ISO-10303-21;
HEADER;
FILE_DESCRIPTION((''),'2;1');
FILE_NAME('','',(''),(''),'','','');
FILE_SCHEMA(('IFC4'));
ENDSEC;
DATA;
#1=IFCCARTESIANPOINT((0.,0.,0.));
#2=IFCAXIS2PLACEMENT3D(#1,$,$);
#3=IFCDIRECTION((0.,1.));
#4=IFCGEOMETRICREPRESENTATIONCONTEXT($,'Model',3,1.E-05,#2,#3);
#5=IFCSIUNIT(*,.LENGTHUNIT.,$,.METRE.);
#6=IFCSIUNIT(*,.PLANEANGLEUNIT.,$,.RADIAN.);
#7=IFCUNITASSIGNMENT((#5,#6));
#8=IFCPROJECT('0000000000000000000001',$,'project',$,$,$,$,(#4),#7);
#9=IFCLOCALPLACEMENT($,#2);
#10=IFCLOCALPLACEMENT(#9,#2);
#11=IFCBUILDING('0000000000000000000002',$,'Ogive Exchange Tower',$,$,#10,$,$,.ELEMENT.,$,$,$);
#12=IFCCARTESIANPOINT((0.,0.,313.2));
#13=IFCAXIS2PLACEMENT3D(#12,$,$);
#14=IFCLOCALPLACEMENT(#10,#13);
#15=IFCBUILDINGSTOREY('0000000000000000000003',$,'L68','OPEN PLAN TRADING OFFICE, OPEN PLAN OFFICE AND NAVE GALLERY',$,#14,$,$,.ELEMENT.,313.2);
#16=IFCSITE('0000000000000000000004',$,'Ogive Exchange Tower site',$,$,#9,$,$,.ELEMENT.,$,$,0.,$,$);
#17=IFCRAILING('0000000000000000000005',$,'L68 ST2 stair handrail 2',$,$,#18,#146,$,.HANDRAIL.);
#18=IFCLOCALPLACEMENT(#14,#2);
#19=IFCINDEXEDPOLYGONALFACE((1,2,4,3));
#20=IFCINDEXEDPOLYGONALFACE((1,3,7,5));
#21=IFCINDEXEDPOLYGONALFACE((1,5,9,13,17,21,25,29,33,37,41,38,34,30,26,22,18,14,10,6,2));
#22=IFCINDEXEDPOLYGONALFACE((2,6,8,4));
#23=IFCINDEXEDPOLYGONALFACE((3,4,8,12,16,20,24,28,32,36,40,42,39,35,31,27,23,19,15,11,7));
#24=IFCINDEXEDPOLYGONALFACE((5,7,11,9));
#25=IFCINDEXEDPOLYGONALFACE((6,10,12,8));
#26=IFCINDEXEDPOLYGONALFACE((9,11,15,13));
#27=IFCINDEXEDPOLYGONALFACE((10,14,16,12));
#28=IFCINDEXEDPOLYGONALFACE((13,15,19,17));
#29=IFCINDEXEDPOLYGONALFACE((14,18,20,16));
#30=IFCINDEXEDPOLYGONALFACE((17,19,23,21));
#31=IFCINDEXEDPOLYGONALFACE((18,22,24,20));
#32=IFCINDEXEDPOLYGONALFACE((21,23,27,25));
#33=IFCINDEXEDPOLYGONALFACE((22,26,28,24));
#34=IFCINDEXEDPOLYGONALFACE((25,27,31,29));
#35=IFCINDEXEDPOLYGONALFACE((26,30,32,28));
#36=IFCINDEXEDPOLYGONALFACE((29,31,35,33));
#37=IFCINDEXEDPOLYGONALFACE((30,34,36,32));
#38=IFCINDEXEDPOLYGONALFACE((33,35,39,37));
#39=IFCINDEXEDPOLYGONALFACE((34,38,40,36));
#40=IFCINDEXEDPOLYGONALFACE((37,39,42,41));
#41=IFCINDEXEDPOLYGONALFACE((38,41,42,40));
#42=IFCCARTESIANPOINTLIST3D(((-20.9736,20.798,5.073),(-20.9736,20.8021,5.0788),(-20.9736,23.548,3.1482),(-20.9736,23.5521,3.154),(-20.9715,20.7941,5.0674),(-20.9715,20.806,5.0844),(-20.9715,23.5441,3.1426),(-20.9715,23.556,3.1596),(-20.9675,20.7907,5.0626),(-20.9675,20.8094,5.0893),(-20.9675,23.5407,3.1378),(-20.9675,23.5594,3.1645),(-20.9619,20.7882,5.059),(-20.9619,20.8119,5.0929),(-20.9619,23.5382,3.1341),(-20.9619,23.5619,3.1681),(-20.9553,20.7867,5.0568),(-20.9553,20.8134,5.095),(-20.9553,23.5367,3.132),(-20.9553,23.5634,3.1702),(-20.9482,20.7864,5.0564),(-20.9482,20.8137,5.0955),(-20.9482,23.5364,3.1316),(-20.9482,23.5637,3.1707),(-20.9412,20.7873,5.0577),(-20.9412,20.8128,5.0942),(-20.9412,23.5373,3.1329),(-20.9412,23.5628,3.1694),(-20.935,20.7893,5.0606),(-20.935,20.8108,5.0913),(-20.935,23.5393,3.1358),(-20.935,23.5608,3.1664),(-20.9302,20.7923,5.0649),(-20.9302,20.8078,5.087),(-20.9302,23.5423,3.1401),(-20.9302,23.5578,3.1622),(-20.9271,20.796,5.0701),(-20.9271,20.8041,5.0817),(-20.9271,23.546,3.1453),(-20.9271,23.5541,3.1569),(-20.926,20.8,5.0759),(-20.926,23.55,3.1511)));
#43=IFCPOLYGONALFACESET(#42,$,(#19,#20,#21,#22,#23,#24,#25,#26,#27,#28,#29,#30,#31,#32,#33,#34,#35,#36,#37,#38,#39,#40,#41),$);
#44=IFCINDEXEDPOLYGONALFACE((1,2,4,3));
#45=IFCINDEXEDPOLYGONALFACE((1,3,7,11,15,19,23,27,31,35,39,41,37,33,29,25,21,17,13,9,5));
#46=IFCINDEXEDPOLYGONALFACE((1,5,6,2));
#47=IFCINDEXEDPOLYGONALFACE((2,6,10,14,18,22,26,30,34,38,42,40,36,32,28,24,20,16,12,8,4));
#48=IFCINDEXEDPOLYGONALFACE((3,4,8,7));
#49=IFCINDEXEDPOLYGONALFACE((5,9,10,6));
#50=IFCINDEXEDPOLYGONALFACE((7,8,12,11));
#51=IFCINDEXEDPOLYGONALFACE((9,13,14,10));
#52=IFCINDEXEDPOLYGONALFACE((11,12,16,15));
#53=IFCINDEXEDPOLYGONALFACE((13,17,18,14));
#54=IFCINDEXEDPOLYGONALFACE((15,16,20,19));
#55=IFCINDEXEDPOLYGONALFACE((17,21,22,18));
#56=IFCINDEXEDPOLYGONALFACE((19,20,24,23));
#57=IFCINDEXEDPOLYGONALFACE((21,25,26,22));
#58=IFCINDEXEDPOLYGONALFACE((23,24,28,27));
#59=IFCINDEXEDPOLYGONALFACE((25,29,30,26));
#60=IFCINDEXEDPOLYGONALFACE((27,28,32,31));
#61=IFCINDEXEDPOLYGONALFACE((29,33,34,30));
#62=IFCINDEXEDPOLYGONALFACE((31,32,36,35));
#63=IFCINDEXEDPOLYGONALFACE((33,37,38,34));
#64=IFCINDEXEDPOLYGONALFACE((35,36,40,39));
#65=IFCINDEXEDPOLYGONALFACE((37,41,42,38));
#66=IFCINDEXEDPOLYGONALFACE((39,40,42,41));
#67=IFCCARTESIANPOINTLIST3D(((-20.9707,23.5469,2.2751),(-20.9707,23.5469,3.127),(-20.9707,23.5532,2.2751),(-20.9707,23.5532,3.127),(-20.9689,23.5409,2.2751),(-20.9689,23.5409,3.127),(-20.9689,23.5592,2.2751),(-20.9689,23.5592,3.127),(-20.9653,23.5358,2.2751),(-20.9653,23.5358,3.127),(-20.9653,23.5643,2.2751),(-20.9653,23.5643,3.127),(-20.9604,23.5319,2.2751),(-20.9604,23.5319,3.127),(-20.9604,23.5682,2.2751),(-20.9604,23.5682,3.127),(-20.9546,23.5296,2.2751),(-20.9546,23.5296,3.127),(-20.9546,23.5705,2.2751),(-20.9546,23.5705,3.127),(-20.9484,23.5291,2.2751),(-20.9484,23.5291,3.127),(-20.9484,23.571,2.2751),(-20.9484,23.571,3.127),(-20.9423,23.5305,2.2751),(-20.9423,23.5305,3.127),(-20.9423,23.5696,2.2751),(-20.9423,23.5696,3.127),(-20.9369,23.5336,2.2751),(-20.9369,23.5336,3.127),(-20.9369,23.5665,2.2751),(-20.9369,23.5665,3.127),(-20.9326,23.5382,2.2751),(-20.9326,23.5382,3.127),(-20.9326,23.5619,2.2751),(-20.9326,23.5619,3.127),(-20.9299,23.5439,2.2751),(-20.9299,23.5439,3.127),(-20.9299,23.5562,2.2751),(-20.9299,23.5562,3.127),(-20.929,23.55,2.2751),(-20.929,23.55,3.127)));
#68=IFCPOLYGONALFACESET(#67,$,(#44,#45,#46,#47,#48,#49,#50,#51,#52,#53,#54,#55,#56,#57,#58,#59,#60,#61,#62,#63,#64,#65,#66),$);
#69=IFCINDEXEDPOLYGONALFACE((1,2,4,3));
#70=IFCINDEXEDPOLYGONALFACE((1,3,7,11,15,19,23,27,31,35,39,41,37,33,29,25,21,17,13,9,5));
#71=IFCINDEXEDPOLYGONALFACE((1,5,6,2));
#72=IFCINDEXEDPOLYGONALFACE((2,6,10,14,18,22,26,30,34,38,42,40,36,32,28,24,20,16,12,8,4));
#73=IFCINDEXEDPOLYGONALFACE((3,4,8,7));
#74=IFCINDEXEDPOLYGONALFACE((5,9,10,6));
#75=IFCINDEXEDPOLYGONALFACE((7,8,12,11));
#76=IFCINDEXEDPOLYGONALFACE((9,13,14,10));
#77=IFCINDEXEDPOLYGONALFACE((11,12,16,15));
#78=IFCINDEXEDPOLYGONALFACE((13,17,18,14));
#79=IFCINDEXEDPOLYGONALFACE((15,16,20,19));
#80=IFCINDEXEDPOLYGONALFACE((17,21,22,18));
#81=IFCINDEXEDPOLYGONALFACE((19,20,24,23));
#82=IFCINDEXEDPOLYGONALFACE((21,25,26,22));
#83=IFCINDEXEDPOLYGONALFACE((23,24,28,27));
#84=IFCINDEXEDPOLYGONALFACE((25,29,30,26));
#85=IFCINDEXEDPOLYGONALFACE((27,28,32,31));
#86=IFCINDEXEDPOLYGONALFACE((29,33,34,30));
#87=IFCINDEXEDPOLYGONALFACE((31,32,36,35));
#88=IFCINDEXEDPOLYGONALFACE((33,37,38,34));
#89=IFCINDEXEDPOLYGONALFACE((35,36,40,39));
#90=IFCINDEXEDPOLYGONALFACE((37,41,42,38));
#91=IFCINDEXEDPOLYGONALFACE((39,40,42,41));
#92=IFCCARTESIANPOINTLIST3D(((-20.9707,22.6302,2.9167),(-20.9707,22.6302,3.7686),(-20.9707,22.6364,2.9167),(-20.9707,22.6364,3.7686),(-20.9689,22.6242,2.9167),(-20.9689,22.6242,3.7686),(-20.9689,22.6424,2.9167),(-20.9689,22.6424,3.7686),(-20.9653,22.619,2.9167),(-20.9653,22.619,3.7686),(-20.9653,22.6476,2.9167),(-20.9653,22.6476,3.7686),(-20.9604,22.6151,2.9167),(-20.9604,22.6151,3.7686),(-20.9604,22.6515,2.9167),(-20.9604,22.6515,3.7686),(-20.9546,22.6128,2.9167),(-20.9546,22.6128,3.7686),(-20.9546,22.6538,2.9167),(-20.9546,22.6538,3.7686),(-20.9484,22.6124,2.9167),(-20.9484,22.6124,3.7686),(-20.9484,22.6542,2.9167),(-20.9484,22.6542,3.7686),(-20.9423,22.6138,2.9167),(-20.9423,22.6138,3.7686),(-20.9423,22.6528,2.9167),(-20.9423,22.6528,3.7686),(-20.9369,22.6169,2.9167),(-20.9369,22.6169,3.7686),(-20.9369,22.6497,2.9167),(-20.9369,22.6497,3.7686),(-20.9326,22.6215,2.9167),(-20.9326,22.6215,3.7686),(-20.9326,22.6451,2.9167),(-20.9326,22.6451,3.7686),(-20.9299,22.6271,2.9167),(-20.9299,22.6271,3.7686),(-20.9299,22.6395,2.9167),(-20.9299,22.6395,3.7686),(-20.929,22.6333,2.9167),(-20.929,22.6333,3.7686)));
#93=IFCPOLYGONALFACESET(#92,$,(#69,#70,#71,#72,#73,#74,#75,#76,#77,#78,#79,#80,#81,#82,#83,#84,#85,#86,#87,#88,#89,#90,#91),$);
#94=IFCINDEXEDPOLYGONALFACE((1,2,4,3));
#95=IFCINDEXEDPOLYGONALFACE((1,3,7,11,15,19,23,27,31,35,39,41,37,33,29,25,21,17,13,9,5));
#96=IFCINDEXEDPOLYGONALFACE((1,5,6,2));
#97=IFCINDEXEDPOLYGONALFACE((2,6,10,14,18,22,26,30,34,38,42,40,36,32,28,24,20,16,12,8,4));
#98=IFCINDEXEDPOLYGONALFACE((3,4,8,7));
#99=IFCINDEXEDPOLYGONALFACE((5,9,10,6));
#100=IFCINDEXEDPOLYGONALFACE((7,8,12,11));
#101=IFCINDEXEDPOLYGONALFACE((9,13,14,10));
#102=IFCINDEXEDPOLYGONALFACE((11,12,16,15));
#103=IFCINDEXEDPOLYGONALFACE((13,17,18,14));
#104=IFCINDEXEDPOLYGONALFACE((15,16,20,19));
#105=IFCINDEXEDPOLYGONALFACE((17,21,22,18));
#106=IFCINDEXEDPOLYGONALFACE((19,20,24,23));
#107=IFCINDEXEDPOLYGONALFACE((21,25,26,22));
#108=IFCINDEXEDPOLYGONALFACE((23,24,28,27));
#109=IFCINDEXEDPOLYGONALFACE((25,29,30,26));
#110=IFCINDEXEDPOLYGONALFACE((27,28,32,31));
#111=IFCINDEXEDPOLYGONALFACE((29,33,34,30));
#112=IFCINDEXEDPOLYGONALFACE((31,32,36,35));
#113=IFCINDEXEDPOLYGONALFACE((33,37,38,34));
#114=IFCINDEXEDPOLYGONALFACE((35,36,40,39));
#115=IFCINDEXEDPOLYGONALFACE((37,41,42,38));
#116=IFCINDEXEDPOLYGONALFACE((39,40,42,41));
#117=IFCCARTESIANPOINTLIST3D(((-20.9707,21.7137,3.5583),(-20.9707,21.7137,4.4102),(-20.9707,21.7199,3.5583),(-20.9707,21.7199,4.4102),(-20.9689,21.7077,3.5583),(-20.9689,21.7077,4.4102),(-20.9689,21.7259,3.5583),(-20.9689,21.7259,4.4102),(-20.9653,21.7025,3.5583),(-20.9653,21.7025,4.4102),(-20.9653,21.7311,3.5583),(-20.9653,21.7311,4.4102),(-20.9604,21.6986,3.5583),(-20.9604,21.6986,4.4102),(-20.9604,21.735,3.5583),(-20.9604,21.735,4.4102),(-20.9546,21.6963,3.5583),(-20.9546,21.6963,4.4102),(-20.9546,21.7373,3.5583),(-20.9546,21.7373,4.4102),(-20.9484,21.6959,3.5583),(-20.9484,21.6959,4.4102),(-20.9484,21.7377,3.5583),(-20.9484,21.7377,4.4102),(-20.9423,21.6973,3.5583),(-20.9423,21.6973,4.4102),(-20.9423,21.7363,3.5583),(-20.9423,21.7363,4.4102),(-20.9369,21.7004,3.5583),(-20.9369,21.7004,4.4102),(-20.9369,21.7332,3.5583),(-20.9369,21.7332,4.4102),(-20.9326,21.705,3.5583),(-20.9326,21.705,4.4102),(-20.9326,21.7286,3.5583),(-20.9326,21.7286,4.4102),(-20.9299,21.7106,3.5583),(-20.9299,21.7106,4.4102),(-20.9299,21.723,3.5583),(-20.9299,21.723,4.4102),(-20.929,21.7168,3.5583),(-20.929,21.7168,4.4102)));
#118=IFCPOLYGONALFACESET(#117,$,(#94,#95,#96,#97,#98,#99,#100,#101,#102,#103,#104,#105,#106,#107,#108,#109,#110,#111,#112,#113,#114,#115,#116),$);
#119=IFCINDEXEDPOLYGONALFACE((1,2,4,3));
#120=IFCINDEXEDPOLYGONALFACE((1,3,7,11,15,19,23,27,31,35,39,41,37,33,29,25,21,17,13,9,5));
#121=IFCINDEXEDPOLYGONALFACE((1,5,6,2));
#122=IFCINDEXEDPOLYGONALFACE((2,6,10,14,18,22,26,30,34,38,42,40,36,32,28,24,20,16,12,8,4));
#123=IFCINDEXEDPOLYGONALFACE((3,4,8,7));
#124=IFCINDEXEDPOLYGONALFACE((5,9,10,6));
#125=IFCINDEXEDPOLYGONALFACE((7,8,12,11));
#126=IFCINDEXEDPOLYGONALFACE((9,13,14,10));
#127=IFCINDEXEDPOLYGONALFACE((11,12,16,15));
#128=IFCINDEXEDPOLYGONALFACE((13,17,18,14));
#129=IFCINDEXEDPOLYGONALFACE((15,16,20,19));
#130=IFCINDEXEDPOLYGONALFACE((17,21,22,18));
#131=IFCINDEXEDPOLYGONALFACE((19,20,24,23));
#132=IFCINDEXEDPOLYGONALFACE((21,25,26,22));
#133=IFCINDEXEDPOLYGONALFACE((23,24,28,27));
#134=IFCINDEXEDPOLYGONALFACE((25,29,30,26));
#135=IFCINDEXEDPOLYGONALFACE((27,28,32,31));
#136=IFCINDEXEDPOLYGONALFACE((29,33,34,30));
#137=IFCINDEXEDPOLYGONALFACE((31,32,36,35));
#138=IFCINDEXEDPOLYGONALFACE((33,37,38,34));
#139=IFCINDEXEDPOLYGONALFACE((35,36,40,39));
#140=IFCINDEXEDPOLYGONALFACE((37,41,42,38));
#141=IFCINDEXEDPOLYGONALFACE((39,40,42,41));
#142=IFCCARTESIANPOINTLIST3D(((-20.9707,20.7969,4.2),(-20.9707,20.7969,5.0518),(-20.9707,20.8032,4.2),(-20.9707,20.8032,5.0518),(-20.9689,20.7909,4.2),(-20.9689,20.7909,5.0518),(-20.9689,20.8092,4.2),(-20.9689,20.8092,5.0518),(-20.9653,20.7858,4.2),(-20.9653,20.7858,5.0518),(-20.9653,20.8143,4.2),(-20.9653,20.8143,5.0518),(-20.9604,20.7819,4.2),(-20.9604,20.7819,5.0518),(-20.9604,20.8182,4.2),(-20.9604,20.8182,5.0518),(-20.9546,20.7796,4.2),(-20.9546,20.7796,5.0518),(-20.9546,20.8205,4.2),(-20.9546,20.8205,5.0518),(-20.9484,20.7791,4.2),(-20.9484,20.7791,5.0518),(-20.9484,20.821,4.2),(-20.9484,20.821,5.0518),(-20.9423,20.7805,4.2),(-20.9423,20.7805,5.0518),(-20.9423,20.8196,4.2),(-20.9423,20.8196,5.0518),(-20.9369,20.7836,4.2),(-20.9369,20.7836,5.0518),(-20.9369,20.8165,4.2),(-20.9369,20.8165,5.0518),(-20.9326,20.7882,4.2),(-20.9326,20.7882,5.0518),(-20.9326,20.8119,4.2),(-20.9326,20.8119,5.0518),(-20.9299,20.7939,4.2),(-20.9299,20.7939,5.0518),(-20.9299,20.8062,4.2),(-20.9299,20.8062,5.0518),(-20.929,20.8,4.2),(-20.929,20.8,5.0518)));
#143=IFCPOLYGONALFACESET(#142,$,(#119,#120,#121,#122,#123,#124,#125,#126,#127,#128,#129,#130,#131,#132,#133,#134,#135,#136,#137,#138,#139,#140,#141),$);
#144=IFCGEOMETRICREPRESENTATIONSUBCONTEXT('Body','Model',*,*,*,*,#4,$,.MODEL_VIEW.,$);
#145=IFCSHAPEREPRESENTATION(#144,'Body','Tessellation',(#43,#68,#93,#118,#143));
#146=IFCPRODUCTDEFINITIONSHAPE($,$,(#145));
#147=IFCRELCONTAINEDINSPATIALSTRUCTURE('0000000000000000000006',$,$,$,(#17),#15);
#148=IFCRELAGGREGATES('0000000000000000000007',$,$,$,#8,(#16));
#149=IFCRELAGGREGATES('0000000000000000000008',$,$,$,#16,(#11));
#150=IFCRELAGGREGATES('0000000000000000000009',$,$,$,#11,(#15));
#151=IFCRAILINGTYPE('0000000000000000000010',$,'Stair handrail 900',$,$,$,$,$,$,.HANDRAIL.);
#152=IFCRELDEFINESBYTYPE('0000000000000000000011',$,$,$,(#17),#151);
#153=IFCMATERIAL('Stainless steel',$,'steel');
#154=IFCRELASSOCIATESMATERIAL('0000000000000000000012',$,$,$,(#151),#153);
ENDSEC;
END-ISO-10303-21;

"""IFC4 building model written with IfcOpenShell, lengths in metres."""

from ifc_helpers import new_model, si_unit, direction, frame, origin, origin_2d, place, context, subcontext, project, spatial, circle, extrude, material, type_object, element, save


model = new_model("IFC4")

# Units and contexts
model_context = context("Model", 3, precision=1e-05, world=origin(), true_north=direction((0.0, 1.0)))
body_context = subcontext(model_context, "Body", "Model", "MODEL_VIEW")
ifc_project = project(units=[si_unit("LENGTHUNIT", "METRE"), si_unit("PLANEANGLEUNIT", "RADIAN")], contexts=[model_context])

# Site, building, storey
site_placement = place(None, origin())
site = spatial("IfcSite", under=ifc_project, at=site_placement, Name="Ogive Exchange Tower site", CompositionType="ELEMENT", RefElevation=0.0)
building_placement = place(site_placement, origin())
building = spatial("IfcBuilding", under=site, at=building_placement, Name="Ogive Exchange Tower", CompositionType="ELEMENT")
storey_placement = place(building_placement, frame((0.0, 0.0, 313.2)))
storey = spatial("IfcBuildingStorey", under=building, at=storey_placement, Name="L68", Description="OPEN PLAN TRADING OFFICE, OPEN PLAN OFFICE AND NAVE GALLERY", CompositionType="ELEMENT", Elevation=313.2)

# Railing
ifc_material_1 = material(Name="Stainless steel", Category="steel")
railing_type = type_object("IfcRailingType", Name="Stair handrail 900", PredefinedType="HANDRAIL", material=ifc_material_1)
railing_1_placement = place(storey_placement, frame((-20.95, 23.55, 2.2751)))
element("IfcRailing", 1, at=railing_1_placement, inside=storey, type_object=railing_type, Name="L68 ST2 stair handrail 2", PredefinedType="HANDRAIL", context=body_context, shape_type="SweptSolid", body=[
    extrude(circle(Radius=0.0239, at=origin_2d()), frame((0.0, 0.0, 0.876), z_axis=(0.0, -0.819259, 0.573423), x_axis=(1.0, 0.0, 0.0)), (0.0, 0.0, 1.0), 3.3567),
    extrude(circle(Radius=0.021, at=origin_2d()), origin(), (0.0, 0.0, 1.0), 0.8518),
    extrude(circle(Radius=0.021, at=origin_2d()), frame((0.0, -0.9167, 0.6416)), (0.0, 0.0, 1.0), 0.8518),
    extrude(circle(Radius=0.021, at=origin_2d()), frame((0.0, -1.8333, 1.2832)), (0.0, 0.0, 1.0), 0.8518),
    extrude(circle(Radius=0.021, at=origin_2d()), frame((0.0, -2.75, 1.9248)), (0.0, 0.0, 1.0), 0.8518),
])

save(model, "model.ifc")
